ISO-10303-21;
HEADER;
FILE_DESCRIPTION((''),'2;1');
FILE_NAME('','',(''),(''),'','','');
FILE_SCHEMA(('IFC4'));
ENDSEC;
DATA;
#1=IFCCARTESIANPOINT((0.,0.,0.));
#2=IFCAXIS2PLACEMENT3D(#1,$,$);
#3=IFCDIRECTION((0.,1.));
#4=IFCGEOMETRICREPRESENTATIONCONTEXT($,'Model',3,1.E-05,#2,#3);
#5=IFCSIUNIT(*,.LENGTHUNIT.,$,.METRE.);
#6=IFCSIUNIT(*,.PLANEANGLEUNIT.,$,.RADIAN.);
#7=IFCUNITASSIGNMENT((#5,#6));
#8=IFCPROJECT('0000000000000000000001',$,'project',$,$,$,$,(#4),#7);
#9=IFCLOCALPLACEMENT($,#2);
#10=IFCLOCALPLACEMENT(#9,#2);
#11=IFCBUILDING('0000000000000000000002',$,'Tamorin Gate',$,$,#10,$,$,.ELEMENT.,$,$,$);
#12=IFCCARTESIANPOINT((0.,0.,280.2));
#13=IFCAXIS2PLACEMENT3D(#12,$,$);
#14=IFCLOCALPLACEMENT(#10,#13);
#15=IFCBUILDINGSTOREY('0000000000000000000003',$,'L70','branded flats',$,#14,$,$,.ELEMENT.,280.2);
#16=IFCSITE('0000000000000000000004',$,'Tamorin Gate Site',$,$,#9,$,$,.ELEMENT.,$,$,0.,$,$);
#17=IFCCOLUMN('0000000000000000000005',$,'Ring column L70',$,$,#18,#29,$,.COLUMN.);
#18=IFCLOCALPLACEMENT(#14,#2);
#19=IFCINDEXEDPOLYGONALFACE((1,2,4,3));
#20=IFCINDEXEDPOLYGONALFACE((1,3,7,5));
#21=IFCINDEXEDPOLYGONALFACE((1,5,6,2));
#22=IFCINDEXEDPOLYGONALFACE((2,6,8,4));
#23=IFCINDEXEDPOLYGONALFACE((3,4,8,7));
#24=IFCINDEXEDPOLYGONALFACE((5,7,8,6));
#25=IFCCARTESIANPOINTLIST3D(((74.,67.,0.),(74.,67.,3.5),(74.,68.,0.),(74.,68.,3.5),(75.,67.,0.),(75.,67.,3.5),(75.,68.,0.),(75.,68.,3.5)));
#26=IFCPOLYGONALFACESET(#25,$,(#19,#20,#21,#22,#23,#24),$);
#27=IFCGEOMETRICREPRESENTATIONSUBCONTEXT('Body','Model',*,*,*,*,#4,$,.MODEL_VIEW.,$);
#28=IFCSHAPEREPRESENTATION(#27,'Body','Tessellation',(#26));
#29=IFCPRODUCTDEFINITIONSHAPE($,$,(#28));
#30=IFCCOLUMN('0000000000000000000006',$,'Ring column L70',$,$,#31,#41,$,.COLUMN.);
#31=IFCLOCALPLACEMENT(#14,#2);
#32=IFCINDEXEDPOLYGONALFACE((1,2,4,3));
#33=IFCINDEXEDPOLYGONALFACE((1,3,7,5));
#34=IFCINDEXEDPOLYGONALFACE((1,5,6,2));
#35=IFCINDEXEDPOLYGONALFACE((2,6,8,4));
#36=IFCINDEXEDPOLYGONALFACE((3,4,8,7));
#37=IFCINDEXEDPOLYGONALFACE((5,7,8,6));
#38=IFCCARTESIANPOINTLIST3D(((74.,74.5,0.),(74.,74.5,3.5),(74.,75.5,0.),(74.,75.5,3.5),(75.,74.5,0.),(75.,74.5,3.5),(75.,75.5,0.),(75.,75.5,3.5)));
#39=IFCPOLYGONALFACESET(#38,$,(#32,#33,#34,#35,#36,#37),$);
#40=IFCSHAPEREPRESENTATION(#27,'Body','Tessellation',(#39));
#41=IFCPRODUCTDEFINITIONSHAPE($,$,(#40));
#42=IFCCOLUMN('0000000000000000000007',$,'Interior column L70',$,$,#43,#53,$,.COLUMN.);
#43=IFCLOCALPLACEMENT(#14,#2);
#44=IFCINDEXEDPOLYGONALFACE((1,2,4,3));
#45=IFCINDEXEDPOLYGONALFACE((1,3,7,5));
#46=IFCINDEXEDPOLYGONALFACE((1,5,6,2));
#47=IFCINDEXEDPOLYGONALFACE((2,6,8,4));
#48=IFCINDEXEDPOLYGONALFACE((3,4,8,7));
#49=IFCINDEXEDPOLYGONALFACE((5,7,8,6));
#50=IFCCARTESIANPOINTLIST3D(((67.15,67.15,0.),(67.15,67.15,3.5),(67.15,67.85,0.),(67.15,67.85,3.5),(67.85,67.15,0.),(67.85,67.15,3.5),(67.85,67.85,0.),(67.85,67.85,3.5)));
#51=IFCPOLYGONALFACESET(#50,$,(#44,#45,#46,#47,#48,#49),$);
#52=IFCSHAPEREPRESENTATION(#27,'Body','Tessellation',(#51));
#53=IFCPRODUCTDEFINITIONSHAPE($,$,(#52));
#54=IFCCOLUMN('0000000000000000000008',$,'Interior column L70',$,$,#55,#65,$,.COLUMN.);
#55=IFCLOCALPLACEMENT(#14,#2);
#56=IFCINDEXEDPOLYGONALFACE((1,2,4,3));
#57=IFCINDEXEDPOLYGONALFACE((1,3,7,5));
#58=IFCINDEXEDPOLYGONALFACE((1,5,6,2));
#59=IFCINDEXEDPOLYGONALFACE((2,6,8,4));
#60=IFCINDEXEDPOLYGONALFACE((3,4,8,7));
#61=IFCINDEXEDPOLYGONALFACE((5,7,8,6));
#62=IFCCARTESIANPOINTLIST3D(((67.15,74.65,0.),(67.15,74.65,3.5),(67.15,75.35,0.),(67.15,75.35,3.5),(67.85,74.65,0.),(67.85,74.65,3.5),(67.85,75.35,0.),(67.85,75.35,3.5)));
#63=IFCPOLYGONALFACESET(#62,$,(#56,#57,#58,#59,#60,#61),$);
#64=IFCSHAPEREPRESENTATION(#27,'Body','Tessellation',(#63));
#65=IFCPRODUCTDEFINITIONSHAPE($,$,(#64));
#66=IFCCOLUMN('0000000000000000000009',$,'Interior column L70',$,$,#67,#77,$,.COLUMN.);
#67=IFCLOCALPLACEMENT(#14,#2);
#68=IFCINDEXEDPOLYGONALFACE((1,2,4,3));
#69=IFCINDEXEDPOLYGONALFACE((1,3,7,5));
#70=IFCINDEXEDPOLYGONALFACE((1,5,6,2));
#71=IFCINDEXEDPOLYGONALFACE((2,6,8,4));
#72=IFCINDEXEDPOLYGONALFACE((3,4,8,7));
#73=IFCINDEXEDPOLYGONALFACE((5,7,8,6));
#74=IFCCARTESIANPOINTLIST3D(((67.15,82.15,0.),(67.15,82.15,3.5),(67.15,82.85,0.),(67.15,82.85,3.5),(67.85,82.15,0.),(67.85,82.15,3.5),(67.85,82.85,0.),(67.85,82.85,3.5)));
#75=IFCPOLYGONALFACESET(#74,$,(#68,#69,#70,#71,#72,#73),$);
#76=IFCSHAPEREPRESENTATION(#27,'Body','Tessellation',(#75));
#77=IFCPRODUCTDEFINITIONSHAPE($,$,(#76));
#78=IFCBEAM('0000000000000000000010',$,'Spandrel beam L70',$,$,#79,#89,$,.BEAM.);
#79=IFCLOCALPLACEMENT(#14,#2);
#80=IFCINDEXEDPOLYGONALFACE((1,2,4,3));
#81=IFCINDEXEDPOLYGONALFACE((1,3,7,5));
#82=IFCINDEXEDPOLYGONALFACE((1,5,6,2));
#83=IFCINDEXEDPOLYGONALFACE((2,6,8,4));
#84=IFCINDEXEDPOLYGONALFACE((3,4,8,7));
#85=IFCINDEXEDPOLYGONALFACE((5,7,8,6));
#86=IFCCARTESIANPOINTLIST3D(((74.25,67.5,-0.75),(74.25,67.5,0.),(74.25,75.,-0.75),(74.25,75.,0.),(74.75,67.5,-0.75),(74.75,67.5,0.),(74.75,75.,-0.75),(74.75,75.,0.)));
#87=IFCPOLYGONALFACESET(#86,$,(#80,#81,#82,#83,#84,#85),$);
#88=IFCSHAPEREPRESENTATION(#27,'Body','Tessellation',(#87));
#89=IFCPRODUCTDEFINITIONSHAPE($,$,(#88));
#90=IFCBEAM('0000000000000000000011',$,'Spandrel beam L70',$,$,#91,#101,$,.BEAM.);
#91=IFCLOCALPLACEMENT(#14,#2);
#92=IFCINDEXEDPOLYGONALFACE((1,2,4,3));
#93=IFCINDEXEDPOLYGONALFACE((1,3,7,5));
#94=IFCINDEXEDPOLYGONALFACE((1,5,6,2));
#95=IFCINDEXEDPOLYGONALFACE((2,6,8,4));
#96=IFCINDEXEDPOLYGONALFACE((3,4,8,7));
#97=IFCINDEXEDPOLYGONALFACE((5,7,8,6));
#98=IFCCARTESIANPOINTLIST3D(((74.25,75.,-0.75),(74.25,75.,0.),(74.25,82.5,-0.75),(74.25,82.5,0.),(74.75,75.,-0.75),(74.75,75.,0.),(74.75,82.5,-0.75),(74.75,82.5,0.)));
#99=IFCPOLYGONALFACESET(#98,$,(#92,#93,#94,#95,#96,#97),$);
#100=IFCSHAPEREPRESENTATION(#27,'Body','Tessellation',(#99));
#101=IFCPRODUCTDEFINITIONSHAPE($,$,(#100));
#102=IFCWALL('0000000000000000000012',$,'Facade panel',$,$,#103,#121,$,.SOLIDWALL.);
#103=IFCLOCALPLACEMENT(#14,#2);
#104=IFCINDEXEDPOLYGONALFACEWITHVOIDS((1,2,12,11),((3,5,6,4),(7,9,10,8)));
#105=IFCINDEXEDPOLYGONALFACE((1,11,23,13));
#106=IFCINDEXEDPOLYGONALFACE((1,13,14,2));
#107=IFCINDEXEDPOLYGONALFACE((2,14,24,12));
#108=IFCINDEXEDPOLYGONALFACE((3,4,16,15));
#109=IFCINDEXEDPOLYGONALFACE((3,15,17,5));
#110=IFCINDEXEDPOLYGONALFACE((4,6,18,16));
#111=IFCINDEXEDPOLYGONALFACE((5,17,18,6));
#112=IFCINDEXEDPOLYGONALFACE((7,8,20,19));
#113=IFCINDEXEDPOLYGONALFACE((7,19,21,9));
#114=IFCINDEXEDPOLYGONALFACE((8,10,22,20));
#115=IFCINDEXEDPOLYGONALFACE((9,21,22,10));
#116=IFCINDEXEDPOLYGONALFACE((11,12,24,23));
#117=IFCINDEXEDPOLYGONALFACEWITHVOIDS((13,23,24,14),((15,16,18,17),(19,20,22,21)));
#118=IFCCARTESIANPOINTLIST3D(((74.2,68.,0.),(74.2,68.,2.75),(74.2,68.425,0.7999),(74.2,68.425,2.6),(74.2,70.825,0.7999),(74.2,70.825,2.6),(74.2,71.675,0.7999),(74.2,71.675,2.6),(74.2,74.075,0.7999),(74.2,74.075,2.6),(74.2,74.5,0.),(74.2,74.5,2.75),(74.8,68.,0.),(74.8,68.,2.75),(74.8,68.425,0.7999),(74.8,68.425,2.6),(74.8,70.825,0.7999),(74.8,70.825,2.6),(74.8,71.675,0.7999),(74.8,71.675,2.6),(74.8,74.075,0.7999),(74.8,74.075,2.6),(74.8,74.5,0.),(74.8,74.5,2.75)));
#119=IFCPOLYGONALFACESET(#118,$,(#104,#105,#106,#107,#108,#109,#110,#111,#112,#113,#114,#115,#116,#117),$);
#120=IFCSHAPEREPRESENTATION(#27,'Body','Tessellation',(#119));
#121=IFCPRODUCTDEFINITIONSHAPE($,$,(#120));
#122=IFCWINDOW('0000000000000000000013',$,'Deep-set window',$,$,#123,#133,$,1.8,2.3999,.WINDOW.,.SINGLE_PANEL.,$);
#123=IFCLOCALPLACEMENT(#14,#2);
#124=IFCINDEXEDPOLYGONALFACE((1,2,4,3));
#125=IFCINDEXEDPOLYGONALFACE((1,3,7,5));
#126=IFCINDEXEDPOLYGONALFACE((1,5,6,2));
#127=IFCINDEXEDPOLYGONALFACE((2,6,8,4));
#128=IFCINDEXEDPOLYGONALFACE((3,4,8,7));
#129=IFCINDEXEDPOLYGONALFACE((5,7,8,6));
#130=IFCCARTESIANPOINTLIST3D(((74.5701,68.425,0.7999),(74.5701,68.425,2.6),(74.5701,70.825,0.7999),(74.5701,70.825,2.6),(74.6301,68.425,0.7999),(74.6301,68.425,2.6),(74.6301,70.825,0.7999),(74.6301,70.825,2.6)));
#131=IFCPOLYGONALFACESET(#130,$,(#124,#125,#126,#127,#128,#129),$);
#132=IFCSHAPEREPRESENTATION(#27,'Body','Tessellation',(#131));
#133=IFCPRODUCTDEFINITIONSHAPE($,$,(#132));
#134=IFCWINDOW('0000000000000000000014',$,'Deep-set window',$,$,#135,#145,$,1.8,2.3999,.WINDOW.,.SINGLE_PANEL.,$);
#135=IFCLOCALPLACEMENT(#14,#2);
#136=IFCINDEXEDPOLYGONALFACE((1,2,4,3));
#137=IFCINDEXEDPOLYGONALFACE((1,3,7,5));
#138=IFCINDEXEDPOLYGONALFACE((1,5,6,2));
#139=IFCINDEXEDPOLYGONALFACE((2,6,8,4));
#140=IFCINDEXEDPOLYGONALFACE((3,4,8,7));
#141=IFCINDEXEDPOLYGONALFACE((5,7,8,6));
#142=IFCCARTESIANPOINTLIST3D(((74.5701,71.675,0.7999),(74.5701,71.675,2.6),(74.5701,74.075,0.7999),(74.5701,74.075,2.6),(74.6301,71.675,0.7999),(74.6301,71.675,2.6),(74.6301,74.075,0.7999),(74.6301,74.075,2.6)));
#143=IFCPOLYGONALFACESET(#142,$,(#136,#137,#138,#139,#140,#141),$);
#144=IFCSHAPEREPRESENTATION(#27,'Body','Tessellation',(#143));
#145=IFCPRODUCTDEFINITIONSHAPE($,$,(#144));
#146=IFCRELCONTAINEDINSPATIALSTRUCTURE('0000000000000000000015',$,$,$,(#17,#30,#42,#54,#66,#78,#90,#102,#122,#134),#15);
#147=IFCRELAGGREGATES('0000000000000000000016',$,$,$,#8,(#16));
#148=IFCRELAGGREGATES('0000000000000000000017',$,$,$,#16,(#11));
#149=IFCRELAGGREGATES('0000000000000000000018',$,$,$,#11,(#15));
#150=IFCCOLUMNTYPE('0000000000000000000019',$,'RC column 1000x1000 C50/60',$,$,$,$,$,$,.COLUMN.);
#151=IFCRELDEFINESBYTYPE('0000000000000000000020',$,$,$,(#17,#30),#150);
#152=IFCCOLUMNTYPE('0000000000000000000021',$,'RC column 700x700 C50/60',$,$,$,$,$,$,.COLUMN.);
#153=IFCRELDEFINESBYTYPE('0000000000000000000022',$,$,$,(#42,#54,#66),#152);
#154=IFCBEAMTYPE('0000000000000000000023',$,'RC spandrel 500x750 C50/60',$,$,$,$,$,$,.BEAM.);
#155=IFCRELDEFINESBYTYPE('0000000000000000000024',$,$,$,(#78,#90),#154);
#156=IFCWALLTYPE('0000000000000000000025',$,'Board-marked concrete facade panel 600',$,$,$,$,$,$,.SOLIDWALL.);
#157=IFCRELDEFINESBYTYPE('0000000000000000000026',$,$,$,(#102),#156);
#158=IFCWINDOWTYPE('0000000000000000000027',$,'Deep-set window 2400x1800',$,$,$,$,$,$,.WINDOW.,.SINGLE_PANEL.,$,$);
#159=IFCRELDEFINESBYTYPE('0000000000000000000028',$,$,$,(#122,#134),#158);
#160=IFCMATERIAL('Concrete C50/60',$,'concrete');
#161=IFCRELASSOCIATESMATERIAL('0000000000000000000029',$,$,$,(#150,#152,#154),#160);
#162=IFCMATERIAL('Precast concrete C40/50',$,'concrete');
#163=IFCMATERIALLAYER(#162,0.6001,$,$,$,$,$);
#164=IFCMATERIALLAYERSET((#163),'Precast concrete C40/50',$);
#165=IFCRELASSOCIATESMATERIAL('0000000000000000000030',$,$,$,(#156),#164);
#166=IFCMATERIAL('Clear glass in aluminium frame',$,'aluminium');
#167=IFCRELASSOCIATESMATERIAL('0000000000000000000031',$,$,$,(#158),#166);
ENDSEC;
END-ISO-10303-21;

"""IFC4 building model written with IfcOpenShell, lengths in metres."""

from ifc_helpers import new_model, si_unit, direction, frame, frame_2d, origin, origin_2d, place, context, subcontext, project, spatial, rectangle, extrude, material, layer, layer_set, material_profile, profile_set, type_object, element, fill, save


model = new_model("IFC4")

# Units and contexts
model_context = context("Model", 3, precision=1e-05, world=origin(), true_north=direction((0.0, 1.0)))
body_context = subcontext(model_context, "Body", "Model", "MODEL_VIEW")
ifc_project = project(units=[si_unit("LENGTHUNIT", "METRE"), si_unit("PLANEANGLEUNIT", "RADIAN")], contexts=[model_context])

# Site, building, storey
site_placement = place(None, origin())
site = spatial("IfcSite", under=ifc_project, at=site_placement, Name="Tamorin Gate Site", CompositionType="ELEMENT", RefElevation=0.0)
building_placement = place(site_placement, origin())
building = spatial("IfcBuilding", under=site, at=building_placement, Name="Tamorin Gate", CompositionType="ELEMENT")
storey_placement = place(building_placement, frame((0.0, 0.0, 280.2)))
storey = spatial("IfcBuildingStorey", under=building, at=storey_placement, Name="L70", Description="branded flats", CompositionType="ELEMENT", Elevation=280.2)

# Columns
ifc_material_1 = material(Name="Concrete C50/60", Category="concrete")
ifc_material_profile_1 = material_profile(ifc_material_1, rectangle(XDim=1.0, YDim=1.0, at=origin_2d()), Name="RC 1000x1000")
ifc_profile_set_1 = profile_set([ifc_material_profile_1], Name="Concrete C50/60")
column_type_1 = type_object("IfcColumnType", Name="RC column 1000x1000 C50/60", PredefinedType="COLUMN", material=ifc_profile_set_1)
for number, where, z_axis, x_axis, name in (
    (1, (74.5, 67.5, 0.0), (0.0, 0.0, 1.0), (1.0, 0.0, 0.0), "Ring column L70"),
    (2, (74.5, 75.0, 0.0), (0.0, 0.0, 1.0), (1.0, 0.0, 0.0), "Ring column L70"),
):
    element("IfcColumn", number, at=place(storey_placement, frame(where, z_axis=z_axis, x_axis=x_axis)), inside=storey, type_object=column_type_1, Name=name, PredefinedType="COLUMN", context=body_context, shape_type="SweptSolid", body=[
        extrude(rectangle(XDim=1.0, YDim=1.0, at=origin_2d()), origin(), (0.0, 0.0, 1.0), 3.5),
    ])
ifc_material_profile_2 = material_profile(ifc_material_1, rectangle(XDim=0.7, YDim=0.7, at=origin_2d()), Name="RC 700x700")
ifc_profile_set_2 = profile_set([ifc_material_profile_2], Name="Concrete C50/60")
column_type_2 = type_object("IfcColumnType", Name="RC column 700x700 C50/60", PredefinedType="COLUMN", material=ifc_profile_set_2)
for number, where, z_axis, x_axis, name in (
    (3, (67.5, 67.5, 0.0), (0.0, 0.0, 1.0), (1.0, 0.0, 0.0), "Interior column L70"),
    (4, (67.5, 75.0, 0.0), (0.0, 0.0, 1.0), (1.0, 0.0, 0.0), "Interior column L70"),
    (5, (67.5, 82.5, 0.0), (0.0, 0.0, 1.0), (1.0, 0.0, 0.0), "Interior column L70"),
):
    element("IfcColumn", number, at=place(storey_placement, frame(where, z_axis=z_axis, x_axis=x_axis)), inside=storey, type_object=column_type_2, Name=name, PredefinedType="COLUMN", context=body_context, shape_type="SweptSolid", body=[
        extrude(rectangle(XDim=0.7, YDim=0.7, at=origin_2d()), origin(), (0.0, 0.0, 1.0), 3.5),
    ])

# Beams
ifc_material_profile_3 = material_profile(ifc_material_1, rectangle(XDim=0.5, YDim=0.75, at=origin_2d()), Name="RC 500x750")
ifc_profile_set_3 = profile_set([ifc_material_profile_3], Name="Concrete C50/60")
beam_type = type_object("IfcBeamType", Name="RC spandrel 500x750 C50/60", PredefinedType="BEAM", material=ifc_profile_set_3)
for number, where, z_axis, x_axis, name in (
    (6, (74.5, 67.5, -0.375), (0.0, 1.0, 0.0), (-1.0, 0.0, 0.0), "Spandrel beam L70"),
    (7, (74.5, 75.0, -0.375), (0.0, 1.0, 0.0), (-1.0, 0.0, 0.0), "Spandrel beam L70"),
):
    element("IfcBeam", number, at=place(storey_placement, frame(where, z_axis=z_axis, x_axis=x_axis)), inside=storey, type_object=beam_type, Name=name, PredefinedType="BEAM", context=body_context, shape_type="SweptSolid", body=[
        extrude(rectangle(XDim=0.5, YDim=0.75, at=origin_2d()), origin(), (0.0, 0.0, 1.0), 7.5),
    ])

# Wall, openings, windows
ifc_material_2 = material(Name="Precast concrete C40/50", Category="concrete")
ifc_layer_1 = layer(ifc_material_2, 0.6001)
ifc_layer_set_1 = layer_set([ifc_layer_1], Name="Precast concrete C40/50")
wall_type_1 = type_object("IfcWallType", Name="Board-marked concrete facade panel 600", PredefinedType="SOLIDWALL", material=ifc_layer_set_1)
wall_1_placement = place(storey_placement, frame((74.5, 68.0, 0.0), z_axis=(0.0, 0.0, 1.0), x_axis=(0.0, 1.0, 0.0)))
wall_1 = element("IfcWall", 8, at=wall_1_placement, inside=storey, type_object=wall_type_1, Name="Facade panel", PredefinedType="SOLIDWALL", context=body_context, shape_type="SweptSolid", body=[
    extrude(rectangle(XDim=6.5, YDim=0.6001, at=frame_2d((3.25, 0.0))), origin(), (0.0, 0.0, 1.0), 2.75),
])
opening_1_placement = place(wall_1_placement, frame((0.425, 0.0, 0.8)))
opening_1 = element("IfcOpeningElement", 9, at=opening_1_placement, cuts=wall_1, PredefinedType="OPENING", context=body_context, shape_type="SweptSolid", body=[
    extrude(rectangle(XDim=2.3999, YDim=1.8, at=frame_2d((1.2, 0.8999))), frame((0.0, 0.3101, 0.0), z_axis=(0.0, -1.0, 0.0), x_axis=(1.0, 0.0, 0.0)), (0.0, 0.0, 1.0), 0.6201),
])
opening_2_placement = place(wall_1_placement, frame((3.675, 0.0, 0.8)))
opening_2 = element("IfcOpeningElement", 10, at=opening_2_placement, cuts=wall_1, PredefinedType="OPENING", context=body_context, shape_type="SweptSolid", body=[
    extrude(rectangle(XDim=2.3999, YDim=1.8, at=frame_2d((1.2, 0.8999))), frame((0.0, 0.3101, 0.0), z_axis=(0.0, -1.0, 0.0), x_axis=(1.0, 0.0, 0.0)), (0.0, 0.0, 1.0), 0.6201),
])
ifc_material_3 = material(Name="Clear glass in aluminium frame", Category="aluminium")
window_type = type_object("IfcWindowType", Name="Deep-set window 2400x1800", PartitioningType="SINGLE_PANEL", PredefinedType="WINDOW", material=ifc_material_3)
window_1_placement = place(opening_1_placement, origin())
window_1 = element("IfcWindow", 11, at=window_1_placement, inside=storey, type_object=window_type, Name="Deep-set window", OverallHeight=1.8, OverallWidth=2.3999, PartitioningType="SINGLE_PANEL", PredefinedType="WINDOW", context=body_context, shape_type="SweptSolid", body=[
    extrude(rectangle(XDim=2.3999, YDim=1.8, at=frame_2d((1.2, 0.8999))), frame((0.0, -0.0701, 0.0), z_axis=(0.0, -1.0, 0.0), x_axis=(1.0, 0.0, 0.0)), (0.0, 0.0, 1.0), 0.0601),
])
fill(opening_1, window_1)
window_2_placement = place(opening_2_placement, origin())
window_2 = element("IfcWindow", 12, at=window_2_placement, inside=storey, type_object=window_type, Name="Deep-set window", OverallHeight=1.8, OverallWidth=2.3999, PartitioningType="SINGLE_PANEL", PredefinedType="WINDOW", context=body_context, shape_type="SweptSolid", body=[
    extrude(rectangle(XDim=2.3999, YDim=1.8, at=frame_2d((1.2, 0.8999))), frame((0.0, -0.0701, 0.0), z_axis=(0.0, -1.0, 0.0), x_axis=(1.0, 0.0, 0.0)), (0.0, 0.0, 1.0), 0.0601),
])
fill(opening_2, window_2)

save(model, "model.ifc")
